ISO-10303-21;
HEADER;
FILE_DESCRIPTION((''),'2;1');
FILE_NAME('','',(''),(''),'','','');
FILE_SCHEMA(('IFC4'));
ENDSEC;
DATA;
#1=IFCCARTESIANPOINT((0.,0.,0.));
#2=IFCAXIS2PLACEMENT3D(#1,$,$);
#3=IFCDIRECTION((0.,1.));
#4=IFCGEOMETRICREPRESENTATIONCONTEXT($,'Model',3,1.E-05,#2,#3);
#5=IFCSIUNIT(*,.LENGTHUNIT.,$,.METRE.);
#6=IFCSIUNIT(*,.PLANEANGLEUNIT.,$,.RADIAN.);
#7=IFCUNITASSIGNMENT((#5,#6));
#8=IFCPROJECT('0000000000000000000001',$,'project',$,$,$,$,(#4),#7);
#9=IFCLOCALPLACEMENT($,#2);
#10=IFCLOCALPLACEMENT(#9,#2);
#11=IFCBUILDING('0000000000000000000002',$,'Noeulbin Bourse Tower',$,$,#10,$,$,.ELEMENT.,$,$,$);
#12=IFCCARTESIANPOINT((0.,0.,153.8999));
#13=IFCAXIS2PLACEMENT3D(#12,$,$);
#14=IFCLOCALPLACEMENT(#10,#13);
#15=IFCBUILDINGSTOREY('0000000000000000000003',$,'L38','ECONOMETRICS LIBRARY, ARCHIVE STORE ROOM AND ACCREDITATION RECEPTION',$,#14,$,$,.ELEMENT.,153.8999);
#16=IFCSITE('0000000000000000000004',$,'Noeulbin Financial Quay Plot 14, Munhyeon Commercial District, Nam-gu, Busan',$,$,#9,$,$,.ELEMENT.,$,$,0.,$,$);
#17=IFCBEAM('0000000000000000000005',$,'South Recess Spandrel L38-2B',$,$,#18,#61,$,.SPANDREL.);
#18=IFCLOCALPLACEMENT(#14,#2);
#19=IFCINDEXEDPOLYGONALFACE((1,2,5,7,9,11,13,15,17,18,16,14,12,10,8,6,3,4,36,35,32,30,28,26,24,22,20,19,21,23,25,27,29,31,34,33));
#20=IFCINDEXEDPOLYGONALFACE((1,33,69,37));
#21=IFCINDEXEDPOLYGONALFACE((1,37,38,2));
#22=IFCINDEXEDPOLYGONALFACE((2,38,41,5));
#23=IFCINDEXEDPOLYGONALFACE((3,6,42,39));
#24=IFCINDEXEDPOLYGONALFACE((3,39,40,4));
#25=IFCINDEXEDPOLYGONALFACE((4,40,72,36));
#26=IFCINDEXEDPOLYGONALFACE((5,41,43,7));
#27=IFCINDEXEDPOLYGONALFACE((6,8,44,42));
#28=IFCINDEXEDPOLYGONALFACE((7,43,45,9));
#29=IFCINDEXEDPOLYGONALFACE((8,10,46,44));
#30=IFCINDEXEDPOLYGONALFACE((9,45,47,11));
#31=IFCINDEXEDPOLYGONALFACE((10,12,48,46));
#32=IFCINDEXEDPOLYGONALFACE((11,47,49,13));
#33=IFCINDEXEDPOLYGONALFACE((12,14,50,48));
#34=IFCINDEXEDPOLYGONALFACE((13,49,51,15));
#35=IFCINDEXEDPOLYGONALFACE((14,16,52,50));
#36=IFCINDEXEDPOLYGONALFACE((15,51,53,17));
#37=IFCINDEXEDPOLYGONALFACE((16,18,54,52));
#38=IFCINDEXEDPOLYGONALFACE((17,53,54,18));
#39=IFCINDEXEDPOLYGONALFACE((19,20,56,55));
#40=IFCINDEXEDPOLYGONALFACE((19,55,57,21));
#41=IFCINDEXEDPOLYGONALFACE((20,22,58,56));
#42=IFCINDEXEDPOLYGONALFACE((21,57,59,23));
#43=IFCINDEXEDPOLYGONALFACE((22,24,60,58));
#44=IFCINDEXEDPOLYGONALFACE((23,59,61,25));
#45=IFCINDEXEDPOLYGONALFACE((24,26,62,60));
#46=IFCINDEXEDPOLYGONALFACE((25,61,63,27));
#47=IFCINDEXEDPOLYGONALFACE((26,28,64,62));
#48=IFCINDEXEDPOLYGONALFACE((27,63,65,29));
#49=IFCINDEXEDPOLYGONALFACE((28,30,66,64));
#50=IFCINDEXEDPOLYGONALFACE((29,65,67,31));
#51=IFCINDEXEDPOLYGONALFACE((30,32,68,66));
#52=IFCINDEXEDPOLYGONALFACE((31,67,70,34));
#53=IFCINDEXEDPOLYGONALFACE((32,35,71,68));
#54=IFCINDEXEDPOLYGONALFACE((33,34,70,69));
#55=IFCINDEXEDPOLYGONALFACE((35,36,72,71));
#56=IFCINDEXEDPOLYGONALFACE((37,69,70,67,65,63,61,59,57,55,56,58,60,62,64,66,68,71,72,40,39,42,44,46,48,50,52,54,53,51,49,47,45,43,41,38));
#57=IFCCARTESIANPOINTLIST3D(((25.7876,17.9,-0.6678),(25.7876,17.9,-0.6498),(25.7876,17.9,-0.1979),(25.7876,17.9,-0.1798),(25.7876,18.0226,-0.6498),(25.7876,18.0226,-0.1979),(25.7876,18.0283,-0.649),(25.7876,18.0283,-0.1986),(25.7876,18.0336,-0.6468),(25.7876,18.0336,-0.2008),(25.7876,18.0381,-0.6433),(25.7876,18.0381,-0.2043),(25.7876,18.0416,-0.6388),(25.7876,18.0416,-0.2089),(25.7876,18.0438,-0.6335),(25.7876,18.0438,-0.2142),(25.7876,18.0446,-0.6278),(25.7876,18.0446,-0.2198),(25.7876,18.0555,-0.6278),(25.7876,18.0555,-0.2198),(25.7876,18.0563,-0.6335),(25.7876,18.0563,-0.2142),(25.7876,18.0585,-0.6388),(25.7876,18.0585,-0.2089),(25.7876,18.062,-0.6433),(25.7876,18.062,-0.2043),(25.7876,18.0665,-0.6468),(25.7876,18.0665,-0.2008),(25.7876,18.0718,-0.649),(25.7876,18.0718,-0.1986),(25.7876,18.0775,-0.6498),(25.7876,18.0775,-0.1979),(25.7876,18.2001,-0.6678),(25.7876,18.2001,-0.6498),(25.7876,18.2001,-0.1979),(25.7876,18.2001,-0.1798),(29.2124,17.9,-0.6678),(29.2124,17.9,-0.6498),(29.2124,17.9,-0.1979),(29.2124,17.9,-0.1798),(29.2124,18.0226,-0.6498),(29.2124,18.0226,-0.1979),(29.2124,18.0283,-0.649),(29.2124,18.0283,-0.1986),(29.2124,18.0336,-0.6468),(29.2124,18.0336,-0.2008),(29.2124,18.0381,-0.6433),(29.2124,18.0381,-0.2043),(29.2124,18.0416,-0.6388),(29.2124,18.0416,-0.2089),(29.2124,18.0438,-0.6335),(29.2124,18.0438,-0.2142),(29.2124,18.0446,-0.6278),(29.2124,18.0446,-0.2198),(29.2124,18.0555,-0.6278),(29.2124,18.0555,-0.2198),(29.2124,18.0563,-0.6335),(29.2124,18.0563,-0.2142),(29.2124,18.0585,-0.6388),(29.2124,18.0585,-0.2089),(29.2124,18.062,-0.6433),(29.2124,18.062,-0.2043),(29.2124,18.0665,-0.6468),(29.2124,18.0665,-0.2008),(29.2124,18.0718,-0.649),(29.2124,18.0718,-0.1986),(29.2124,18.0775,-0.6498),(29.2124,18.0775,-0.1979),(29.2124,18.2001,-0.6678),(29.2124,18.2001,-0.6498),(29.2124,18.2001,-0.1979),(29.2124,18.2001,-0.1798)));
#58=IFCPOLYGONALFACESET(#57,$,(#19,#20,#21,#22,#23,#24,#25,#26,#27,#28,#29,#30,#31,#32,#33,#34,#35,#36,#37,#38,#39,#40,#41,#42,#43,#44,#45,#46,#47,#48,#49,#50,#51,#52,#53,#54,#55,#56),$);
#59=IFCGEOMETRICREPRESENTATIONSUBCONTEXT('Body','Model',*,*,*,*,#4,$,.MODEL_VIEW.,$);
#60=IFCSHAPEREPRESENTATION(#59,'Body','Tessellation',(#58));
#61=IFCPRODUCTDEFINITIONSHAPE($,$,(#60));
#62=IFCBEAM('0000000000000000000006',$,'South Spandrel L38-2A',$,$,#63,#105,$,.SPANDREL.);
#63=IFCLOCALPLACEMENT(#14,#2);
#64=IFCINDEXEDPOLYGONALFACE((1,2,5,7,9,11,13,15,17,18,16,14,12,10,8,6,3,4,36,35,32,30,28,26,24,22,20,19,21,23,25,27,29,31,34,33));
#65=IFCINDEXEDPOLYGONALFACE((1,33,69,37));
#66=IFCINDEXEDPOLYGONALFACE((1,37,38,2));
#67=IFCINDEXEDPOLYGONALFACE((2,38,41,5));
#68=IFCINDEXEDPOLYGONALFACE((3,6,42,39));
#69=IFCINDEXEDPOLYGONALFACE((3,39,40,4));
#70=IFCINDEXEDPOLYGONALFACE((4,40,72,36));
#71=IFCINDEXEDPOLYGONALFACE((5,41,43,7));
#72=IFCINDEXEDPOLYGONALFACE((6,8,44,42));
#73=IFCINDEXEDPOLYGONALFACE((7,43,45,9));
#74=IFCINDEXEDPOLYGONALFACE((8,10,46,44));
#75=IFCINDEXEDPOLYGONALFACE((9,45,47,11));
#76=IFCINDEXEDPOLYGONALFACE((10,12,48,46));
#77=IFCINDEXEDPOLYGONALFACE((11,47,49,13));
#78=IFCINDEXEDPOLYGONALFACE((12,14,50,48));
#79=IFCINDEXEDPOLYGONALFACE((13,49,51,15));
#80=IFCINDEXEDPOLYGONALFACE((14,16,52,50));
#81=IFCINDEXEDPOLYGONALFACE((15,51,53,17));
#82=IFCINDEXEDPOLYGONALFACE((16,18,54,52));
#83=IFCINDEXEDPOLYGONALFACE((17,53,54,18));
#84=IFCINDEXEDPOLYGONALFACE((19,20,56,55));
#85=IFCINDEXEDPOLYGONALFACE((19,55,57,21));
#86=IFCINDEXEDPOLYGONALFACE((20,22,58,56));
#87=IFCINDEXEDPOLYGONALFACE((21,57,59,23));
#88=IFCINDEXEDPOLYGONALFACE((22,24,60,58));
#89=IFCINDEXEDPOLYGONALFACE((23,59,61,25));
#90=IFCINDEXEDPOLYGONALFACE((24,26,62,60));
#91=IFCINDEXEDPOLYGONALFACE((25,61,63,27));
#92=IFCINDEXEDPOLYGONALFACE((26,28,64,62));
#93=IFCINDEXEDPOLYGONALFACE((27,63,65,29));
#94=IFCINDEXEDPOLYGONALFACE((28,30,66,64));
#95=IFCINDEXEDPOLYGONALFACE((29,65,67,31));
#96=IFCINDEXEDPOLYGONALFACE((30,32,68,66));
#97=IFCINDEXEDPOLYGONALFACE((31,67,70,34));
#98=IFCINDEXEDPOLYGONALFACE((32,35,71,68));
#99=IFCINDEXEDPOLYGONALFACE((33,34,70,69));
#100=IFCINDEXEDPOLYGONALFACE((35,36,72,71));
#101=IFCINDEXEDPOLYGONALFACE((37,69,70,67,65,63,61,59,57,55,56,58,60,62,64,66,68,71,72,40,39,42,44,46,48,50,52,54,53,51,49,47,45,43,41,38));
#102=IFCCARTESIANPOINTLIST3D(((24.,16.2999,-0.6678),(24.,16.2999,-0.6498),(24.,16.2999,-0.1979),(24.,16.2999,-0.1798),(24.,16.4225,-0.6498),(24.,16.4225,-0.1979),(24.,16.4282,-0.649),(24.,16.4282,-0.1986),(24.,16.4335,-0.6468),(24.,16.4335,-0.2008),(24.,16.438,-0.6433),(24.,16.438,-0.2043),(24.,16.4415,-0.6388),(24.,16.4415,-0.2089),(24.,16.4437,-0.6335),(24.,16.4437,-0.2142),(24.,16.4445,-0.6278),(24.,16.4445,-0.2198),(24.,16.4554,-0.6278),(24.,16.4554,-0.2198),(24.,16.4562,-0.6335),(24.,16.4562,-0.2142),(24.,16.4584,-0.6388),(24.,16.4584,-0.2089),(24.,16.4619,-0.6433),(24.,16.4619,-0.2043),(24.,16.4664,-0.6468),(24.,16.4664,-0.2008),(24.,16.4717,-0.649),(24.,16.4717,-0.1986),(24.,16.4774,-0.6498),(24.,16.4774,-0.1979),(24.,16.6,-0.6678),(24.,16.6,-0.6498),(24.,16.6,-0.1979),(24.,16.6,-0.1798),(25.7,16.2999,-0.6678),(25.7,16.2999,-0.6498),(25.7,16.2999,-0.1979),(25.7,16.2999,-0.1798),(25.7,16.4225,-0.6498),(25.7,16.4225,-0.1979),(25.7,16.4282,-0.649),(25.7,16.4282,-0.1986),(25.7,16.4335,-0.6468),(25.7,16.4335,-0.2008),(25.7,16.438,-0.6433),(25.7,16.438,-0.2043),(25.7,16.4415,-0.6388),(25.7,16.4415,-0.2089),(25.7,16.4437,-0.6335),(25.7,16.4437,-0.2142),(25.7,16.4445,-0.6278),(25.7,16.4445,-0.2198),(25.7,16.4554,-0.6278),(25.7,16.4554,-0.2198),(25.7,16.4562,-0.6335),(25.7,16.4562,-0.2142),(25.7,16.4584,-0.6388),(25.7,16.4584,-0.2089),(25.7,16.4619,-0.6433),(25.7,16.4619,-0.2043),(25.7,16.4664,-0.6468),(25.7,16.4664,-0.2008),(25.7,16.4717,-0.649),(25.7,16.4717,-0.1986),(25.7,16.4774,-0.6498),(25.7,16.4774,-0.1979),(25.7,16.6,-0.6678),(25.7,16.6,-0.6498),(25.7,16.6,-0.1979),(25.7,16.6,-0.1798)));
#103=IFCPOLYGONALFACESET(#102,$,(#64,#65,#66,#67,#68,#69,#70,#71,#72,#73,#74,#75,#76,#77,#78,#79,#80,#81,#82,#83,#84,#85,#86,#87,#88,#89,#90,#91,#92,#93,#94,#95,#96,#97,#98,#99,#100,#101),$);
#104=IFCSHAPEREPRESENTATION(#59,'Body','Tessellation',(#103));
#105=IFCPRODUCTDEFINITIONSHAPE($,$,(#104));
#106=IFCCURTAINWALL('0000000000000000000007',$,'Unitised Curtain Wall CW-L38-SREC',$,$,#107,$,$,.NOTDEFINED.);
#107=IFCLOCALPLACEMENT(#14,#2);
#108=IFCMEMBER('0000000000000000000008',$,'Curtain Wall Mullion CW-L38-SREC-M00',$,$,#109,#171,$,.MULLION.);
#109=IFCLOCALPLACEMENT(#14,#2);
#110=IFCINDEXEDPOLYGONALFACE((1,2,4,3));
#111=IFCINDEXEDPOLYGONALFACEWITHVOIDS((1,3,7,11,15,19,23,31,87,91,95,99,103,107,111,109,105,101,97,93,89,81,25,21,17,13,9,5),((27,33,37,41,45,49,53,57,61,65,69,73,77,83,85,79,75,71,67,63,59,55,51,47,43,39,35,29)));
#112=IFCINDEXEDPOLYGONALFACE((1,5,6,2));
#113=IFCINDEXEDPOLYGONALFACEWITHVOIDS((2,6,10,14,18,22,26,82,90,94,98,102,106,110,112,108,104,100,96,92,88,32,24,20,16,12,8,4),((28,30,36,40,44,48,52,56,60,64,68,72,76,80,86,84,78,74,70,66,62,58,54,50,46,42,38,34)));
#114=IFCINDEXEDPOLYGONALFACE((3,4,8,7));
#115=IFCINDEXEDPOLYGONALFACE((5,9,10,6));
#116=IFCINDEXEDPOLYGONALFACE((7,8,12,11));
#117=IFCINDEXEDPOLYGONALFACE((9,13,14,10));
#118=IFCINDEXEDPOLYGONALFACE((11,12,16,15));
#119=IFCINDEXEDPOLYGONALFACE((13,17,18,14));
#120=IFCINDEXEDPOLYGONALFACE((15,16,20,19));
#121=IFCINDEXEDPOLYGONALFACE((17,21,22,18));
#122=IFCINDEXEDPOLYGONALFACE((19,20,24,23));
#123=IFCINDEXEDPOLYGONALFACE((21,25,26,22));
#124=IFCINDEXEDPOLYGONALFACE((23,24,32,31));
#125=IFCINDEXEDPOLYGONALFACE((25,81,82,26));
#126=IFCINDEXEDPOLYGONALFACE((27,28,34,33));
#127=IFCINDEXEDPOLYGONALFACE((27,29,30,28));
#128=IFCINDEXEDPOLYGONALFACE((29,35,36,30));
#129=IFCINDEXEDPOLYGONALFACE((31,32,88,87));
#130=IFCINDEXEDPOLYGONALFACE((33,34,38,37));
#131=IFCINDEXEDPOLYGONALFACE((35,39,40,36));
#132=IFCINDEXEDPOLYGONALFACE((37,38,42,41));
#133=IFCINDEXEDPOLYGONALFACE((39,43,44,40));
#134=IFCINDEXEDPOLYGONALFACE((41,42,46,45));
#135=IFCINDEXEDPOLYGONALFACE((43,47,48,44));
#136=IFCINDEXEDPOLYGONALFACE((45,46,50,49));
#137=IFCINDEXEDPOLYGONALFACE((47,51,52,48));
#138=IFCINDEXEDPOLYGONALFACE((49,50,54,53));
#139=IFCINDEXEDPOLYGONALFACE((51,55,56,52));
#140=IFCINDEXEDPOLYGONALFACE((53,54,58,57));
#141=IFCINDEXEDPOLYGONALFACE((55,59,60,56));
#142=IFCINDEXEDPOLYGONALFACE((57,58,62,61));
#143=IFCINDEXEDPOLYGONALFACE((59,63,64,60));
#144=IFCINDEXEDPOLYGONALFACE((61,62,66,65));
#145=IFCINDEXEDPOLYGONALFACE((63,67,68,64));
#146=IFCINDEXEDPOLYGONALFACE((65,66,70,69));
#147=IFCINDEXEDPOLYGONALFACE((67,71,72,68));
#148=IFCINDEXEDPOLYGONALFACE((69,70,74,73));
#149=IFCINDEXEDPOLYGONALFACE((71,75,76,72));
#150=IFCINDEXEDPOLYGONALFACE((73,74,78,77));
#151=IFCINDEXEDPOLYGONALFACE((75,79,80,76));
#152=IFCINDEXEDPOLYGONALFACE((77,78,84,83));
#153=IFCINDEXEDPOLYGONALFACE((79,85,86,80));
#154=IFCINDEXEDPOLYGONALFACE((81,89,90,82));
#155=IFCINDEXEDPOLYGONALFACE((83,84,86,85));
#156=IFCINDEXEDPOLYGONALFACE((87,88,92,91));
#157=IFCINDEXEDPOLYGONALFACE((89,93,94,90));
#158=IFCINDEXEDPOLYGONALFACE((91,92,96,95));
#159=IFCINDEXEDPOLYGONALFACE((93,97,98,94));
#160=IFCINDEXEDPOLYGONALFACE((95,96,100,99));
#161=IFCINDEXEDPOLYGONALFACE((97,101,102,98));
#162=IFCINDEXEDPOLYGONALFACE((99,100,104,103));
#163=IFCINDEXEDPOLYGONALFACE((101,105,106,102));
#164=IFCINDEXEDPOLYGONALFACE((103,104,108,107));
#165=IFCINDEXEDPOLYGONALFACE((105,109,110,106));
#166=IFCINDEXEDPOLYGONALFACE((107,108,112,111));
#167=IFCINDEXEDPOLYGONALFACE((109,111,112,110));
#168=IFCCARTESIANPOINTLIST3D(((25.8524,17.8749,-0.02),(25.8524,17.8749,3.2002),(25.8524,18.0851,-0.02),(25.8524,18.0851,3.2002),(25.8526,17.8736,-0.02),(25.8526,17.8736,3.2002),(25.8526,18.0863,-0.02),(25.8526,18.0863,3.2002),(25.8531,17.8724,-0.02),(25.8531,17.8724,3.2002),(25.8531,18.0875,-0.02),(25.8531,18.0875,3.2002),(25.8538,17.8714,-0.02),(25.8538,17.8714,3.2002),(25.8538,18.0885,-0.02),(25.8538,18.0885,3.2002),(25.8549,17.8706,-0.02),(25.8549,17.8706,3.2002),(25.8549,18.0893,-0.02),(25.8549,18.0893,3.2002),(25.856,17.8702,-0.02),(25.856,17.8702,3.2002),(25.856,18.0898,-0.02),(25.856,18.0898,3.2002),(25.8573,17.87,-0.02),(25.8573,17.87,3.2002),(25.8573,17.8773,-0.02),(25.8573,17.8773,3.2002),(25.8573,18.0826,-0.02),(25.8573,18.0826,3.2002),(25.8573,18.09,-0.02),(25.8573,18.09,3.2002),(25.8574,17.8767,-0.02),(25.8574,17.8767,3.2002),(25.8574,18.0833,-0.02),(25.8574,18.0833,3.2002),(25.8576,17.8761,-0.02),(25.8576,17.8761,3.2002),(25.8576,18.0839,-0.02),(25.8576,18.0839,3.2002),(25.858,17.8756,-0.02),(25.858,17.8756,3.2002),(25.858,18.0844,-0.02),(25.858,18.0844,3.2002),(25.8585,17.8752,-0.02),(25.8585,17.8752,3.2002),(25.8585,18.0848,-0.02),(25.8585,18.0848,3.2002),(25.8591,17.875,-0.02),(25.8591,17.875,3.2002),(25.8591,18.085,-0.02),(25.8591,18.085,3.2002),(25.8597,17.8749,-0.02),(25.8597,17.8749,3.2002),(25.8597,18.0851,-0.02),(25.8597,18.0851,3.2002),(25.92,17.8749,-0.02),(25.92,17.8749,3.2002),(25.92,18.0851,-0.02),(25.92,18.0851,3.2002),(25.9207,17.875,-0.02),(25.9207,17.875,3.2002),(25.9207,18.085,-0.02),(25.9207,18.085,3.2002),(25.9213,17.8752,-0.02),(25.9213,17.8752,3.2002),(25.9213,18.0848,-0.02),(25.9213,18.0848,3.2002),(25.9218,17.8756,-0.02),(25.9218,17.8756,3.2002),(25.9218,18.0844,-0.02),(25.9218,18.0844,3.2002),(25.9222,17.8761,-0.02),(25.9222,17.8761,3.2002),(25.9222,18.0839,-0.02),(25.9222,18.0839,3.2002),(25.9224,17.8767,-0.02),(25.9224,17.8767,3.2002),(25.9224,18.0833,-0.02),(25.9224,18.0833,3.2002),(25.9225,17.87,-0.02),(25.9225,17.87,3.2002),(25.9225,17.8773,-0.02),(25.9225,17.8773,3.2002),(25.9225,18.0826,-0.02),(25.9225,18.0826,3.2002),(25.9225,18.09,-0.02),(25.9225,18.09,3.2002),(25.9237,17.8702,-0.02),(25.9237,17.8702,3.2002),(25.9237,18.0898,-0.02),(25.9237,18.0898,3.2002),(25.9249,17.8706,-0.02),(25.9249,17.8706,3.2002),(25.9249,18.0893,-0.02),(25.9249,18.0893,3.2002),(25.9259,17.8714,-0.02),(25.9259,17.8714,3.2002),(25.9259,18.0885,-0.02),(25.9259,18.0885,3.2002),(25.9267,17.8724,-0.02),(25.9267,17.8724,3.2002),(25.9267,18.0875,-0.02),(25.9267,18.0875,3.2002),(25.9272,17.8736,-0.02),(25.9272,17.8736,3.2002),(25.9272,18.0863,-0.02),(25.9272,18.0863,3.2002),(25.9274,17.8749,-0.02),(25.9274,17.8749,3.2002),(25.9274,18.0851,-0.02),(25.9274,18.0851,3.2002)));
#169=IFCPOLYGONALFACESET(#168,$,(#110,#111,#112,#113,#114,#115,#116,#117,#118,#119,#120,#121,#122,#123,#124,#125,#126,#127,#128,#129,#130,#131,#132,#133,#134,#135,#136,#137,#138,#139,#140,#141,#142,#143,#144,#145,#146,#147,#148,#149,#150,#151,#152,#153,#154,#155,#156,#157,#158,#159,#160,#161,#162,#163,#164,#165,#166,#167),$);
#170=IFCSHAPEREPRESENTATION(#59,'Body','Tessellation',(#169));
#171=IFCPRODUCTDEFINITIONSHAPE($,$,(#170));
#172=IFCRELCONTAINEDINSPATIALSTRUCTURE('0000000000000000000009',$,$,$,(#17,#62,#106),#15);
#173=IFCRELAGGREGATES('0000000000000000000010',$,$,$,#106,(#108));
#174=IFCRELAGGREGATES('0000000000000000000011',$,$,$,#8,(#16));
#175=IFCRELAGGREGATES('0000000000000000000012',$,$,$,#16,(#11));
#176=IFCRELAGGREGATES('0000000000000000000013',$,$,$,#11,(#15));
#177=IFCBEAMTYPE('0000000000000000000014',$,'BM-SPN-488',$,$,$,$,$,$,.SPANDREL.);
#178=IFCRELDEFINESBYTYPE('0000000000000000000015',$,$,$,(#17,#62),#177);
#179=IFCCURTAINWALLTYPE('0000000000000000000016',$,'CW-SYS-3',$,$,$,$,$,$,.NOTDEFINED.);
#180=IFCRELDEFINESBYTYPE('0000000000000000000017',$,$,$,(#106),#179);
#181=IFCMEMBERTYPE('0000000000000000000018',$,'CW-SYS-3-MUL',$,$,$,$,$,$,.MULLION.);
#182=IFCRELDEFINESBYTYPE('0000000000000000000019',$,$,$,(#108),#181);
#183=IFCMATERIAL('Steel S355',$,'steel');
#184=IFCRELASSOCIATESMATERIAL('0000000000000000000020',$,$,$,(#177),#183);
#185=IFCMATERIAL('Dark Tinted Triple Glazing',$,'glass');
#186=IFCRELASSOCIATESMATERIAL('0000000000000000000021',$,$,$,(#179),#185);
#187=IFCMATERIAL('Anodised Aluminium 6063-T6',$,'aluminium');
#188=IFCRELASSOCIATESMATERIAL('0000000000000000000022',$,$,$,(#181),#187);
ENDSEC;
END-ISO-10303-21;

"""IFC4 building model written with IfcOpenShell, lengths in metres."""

from ifc_helpers import new_model, si_unit, direction, frame, origin, origin_2d, place, context, subcontext, project, spatial, hollow_rectangle, i_section, extrude, material, material_profile, profile_set, type_object, element, aggregate, save


model = new_model("IFC4")

# Units and contexts
model_context = context("Model", 3, precision=1e-05, world=origin(), true_north=direction((0.0, 1.0)))
body_context = subcontext(model_context, "Body", "Model", "MODEL_VIEW")
ifc_project = project(units=[si_unit("LENGTHUNIT", "METRE"), si_unit("PLANEANGLEUNIT", "RADIAN")], contexts=[model_context])

# Site, building, storey
site_placement = place(None, origin())
site = spatial("IfcSite", under=ifc_project, at=site_placement, Name="Noeulbin Financial Quay Plot 14, Munhyeon Commercial District, Nam-gu, Busan", CompositionType="ELEMENT", RefElevation=0.0)
building_placement = place(site_placement, origin())
building = spatial("IfcBuilding", under=site, at=building_placement, Name="Noeulbin Bourse Tower", CompositionType="ELEMENT")
storey_placement = place(building_placement, frame((0.0, 0.0, 153.8999)))
storey = spatial("IfcBuildingStorey", under=building, at=storey_placement, Name="L38", Description="ECONOMETRICS LIBRARY, ARCHIVE STORE ROOM AND ACCREDITATION RECEPTION", CompositionType="ELEMENT", Elevation=153.8999)

# Beams
ifc_material_1 = material(Name="Steel S355", Category="steel")
ifc_material_profile_1 = material_profile(ifc_material_1, i_section(OverallWidth=0.3, OverallDepth=0.488, WebThickness=0.011, FlangeThickness=0.0181, FilletRadius=0.022, at=origin_2d()), Name="H-488x300x11x18", Category="LoadBearing")
ifc_profile_set_1 = profile_set([ifc_material_profile_1], Name="Steel S355")
beam_type_1 = type_object("IfcBeamType", Name="BM-SPN-488", PredefinedType="SPANDREL", material=ifc_profile_set_1)
beam_1_placement = place(storey_placement, frame((25.7876, 18.05, -0.4238), z_axis=(1.0, 0.0, 0.0), x_axis=(0.0, 1.0, 0.0)))
element("IfcBeam", 1, at=beam_1_placement, inside=storey, type_object=beam_type_1, Name="South Recess Spandrel L38-2B", PredefinedType="SPANDREL", context=body_context, shape_type="SweptSolid", body=[
    extrude(i_section(OverallWidth=0.3, OverallDepth=0.488, WebThickness=0.011, FlangeThickness=0.0181, FilletRadius=0.022, at=origin_2d()), origin(), (0.0, 0.0, 1.0), 3.4248),
])
beam_2_placement = place(storey_placement, frame((24.0, 16.45, -0.4238), z_axis=(1.0, 0.0, 0.0), x_axis=(0.0, 1.0, 0.0)))
element("IfcBeam", 2, at=beam_2_placement, inside=storey, type_object=beam_type_1, Name="South Spandrel L38-2A", PredefinedType="SPANDREL", context=body_context, shape_type="SweptSolid", body=[
    extrude(i_section(OverallWidth=0.3, OverallDepth=0.488, WebThickness=0.011, FlangeThickness=0.0181, FilletRadius=0.022, at=origin_2d()), origin(), (0.0, 0.0, 1.0), 1.7),
])

# Curtain wall, member
ifc_material_2 = material(Name="Dark Tinted Triple Glazing", Category="glass")
curtain_wall_type = type_object("IfcCurtainWallType", Name="CW-SYS-3", PredefinedType="NOTDEFINED", material=ifc_material_2)
curtain_wall_1_placement = place(storey_placement, origin())
curtain_wall_1 = element("IfcCurtainWall", 3, at=curtain_wall_1_placement, inside=storey, type_object=curtain_wall_type, Name="Unitised Curtain Wall CW-L38-SREC", PredefinedType="NOTDEFINED")
ifc_material_3 = material(Name="Anodised Aluminium 6063-T6", Category="aluminium")
ifc_material_profile_2 = material_profile(ifc_material_3, hollow_rectangle(XDim=0.075, YDim=0.22, WallThickness=0.0049, InnerFilletRadius=0.0024, OuterFilletRadius=0.0049, at=origin_2d()), Name="ALU-MULL-75x220x5", Category="LoadBearing")
ifc_profile_set_2 = profile_set([ifc_material_profile_2], Name="Anodised Aluminium 6063-T6")
member_type_1 = type_object("IfcMemberType", Name="CW-SYS-3-MUL", PredefinedType="MULLION", material=ifc_profile_set_2)
member_1_placement = place(storey_placement, frame((25.8899, 17.98, -0.02), z_axis=(0.0, 0.0, 1.0), x_axis=(1.0, 0.0, 0.0)))
member_1 = element("IfcMember", 4, at=member_1_placement, type_object=member_type_1, Name="Curtain Wall Mullion CW-L38-SREC-M00", PredefinedType="MULLION", context=body_context, shape_type="SweptSolid", body=[
    extrude(hollow_rectangle(XDim=0.075, YDim=0.22, WallThickness=0.0049, InnerFilletRadius=0.0024, OuterFilletRadius=0.0049, at=origin_2d()), origin(), (0.0, 0.0, 1.0), 3.2202),
])

aggregate(curtain_wall_1, [member_1])

save(model, "model.ifc")
